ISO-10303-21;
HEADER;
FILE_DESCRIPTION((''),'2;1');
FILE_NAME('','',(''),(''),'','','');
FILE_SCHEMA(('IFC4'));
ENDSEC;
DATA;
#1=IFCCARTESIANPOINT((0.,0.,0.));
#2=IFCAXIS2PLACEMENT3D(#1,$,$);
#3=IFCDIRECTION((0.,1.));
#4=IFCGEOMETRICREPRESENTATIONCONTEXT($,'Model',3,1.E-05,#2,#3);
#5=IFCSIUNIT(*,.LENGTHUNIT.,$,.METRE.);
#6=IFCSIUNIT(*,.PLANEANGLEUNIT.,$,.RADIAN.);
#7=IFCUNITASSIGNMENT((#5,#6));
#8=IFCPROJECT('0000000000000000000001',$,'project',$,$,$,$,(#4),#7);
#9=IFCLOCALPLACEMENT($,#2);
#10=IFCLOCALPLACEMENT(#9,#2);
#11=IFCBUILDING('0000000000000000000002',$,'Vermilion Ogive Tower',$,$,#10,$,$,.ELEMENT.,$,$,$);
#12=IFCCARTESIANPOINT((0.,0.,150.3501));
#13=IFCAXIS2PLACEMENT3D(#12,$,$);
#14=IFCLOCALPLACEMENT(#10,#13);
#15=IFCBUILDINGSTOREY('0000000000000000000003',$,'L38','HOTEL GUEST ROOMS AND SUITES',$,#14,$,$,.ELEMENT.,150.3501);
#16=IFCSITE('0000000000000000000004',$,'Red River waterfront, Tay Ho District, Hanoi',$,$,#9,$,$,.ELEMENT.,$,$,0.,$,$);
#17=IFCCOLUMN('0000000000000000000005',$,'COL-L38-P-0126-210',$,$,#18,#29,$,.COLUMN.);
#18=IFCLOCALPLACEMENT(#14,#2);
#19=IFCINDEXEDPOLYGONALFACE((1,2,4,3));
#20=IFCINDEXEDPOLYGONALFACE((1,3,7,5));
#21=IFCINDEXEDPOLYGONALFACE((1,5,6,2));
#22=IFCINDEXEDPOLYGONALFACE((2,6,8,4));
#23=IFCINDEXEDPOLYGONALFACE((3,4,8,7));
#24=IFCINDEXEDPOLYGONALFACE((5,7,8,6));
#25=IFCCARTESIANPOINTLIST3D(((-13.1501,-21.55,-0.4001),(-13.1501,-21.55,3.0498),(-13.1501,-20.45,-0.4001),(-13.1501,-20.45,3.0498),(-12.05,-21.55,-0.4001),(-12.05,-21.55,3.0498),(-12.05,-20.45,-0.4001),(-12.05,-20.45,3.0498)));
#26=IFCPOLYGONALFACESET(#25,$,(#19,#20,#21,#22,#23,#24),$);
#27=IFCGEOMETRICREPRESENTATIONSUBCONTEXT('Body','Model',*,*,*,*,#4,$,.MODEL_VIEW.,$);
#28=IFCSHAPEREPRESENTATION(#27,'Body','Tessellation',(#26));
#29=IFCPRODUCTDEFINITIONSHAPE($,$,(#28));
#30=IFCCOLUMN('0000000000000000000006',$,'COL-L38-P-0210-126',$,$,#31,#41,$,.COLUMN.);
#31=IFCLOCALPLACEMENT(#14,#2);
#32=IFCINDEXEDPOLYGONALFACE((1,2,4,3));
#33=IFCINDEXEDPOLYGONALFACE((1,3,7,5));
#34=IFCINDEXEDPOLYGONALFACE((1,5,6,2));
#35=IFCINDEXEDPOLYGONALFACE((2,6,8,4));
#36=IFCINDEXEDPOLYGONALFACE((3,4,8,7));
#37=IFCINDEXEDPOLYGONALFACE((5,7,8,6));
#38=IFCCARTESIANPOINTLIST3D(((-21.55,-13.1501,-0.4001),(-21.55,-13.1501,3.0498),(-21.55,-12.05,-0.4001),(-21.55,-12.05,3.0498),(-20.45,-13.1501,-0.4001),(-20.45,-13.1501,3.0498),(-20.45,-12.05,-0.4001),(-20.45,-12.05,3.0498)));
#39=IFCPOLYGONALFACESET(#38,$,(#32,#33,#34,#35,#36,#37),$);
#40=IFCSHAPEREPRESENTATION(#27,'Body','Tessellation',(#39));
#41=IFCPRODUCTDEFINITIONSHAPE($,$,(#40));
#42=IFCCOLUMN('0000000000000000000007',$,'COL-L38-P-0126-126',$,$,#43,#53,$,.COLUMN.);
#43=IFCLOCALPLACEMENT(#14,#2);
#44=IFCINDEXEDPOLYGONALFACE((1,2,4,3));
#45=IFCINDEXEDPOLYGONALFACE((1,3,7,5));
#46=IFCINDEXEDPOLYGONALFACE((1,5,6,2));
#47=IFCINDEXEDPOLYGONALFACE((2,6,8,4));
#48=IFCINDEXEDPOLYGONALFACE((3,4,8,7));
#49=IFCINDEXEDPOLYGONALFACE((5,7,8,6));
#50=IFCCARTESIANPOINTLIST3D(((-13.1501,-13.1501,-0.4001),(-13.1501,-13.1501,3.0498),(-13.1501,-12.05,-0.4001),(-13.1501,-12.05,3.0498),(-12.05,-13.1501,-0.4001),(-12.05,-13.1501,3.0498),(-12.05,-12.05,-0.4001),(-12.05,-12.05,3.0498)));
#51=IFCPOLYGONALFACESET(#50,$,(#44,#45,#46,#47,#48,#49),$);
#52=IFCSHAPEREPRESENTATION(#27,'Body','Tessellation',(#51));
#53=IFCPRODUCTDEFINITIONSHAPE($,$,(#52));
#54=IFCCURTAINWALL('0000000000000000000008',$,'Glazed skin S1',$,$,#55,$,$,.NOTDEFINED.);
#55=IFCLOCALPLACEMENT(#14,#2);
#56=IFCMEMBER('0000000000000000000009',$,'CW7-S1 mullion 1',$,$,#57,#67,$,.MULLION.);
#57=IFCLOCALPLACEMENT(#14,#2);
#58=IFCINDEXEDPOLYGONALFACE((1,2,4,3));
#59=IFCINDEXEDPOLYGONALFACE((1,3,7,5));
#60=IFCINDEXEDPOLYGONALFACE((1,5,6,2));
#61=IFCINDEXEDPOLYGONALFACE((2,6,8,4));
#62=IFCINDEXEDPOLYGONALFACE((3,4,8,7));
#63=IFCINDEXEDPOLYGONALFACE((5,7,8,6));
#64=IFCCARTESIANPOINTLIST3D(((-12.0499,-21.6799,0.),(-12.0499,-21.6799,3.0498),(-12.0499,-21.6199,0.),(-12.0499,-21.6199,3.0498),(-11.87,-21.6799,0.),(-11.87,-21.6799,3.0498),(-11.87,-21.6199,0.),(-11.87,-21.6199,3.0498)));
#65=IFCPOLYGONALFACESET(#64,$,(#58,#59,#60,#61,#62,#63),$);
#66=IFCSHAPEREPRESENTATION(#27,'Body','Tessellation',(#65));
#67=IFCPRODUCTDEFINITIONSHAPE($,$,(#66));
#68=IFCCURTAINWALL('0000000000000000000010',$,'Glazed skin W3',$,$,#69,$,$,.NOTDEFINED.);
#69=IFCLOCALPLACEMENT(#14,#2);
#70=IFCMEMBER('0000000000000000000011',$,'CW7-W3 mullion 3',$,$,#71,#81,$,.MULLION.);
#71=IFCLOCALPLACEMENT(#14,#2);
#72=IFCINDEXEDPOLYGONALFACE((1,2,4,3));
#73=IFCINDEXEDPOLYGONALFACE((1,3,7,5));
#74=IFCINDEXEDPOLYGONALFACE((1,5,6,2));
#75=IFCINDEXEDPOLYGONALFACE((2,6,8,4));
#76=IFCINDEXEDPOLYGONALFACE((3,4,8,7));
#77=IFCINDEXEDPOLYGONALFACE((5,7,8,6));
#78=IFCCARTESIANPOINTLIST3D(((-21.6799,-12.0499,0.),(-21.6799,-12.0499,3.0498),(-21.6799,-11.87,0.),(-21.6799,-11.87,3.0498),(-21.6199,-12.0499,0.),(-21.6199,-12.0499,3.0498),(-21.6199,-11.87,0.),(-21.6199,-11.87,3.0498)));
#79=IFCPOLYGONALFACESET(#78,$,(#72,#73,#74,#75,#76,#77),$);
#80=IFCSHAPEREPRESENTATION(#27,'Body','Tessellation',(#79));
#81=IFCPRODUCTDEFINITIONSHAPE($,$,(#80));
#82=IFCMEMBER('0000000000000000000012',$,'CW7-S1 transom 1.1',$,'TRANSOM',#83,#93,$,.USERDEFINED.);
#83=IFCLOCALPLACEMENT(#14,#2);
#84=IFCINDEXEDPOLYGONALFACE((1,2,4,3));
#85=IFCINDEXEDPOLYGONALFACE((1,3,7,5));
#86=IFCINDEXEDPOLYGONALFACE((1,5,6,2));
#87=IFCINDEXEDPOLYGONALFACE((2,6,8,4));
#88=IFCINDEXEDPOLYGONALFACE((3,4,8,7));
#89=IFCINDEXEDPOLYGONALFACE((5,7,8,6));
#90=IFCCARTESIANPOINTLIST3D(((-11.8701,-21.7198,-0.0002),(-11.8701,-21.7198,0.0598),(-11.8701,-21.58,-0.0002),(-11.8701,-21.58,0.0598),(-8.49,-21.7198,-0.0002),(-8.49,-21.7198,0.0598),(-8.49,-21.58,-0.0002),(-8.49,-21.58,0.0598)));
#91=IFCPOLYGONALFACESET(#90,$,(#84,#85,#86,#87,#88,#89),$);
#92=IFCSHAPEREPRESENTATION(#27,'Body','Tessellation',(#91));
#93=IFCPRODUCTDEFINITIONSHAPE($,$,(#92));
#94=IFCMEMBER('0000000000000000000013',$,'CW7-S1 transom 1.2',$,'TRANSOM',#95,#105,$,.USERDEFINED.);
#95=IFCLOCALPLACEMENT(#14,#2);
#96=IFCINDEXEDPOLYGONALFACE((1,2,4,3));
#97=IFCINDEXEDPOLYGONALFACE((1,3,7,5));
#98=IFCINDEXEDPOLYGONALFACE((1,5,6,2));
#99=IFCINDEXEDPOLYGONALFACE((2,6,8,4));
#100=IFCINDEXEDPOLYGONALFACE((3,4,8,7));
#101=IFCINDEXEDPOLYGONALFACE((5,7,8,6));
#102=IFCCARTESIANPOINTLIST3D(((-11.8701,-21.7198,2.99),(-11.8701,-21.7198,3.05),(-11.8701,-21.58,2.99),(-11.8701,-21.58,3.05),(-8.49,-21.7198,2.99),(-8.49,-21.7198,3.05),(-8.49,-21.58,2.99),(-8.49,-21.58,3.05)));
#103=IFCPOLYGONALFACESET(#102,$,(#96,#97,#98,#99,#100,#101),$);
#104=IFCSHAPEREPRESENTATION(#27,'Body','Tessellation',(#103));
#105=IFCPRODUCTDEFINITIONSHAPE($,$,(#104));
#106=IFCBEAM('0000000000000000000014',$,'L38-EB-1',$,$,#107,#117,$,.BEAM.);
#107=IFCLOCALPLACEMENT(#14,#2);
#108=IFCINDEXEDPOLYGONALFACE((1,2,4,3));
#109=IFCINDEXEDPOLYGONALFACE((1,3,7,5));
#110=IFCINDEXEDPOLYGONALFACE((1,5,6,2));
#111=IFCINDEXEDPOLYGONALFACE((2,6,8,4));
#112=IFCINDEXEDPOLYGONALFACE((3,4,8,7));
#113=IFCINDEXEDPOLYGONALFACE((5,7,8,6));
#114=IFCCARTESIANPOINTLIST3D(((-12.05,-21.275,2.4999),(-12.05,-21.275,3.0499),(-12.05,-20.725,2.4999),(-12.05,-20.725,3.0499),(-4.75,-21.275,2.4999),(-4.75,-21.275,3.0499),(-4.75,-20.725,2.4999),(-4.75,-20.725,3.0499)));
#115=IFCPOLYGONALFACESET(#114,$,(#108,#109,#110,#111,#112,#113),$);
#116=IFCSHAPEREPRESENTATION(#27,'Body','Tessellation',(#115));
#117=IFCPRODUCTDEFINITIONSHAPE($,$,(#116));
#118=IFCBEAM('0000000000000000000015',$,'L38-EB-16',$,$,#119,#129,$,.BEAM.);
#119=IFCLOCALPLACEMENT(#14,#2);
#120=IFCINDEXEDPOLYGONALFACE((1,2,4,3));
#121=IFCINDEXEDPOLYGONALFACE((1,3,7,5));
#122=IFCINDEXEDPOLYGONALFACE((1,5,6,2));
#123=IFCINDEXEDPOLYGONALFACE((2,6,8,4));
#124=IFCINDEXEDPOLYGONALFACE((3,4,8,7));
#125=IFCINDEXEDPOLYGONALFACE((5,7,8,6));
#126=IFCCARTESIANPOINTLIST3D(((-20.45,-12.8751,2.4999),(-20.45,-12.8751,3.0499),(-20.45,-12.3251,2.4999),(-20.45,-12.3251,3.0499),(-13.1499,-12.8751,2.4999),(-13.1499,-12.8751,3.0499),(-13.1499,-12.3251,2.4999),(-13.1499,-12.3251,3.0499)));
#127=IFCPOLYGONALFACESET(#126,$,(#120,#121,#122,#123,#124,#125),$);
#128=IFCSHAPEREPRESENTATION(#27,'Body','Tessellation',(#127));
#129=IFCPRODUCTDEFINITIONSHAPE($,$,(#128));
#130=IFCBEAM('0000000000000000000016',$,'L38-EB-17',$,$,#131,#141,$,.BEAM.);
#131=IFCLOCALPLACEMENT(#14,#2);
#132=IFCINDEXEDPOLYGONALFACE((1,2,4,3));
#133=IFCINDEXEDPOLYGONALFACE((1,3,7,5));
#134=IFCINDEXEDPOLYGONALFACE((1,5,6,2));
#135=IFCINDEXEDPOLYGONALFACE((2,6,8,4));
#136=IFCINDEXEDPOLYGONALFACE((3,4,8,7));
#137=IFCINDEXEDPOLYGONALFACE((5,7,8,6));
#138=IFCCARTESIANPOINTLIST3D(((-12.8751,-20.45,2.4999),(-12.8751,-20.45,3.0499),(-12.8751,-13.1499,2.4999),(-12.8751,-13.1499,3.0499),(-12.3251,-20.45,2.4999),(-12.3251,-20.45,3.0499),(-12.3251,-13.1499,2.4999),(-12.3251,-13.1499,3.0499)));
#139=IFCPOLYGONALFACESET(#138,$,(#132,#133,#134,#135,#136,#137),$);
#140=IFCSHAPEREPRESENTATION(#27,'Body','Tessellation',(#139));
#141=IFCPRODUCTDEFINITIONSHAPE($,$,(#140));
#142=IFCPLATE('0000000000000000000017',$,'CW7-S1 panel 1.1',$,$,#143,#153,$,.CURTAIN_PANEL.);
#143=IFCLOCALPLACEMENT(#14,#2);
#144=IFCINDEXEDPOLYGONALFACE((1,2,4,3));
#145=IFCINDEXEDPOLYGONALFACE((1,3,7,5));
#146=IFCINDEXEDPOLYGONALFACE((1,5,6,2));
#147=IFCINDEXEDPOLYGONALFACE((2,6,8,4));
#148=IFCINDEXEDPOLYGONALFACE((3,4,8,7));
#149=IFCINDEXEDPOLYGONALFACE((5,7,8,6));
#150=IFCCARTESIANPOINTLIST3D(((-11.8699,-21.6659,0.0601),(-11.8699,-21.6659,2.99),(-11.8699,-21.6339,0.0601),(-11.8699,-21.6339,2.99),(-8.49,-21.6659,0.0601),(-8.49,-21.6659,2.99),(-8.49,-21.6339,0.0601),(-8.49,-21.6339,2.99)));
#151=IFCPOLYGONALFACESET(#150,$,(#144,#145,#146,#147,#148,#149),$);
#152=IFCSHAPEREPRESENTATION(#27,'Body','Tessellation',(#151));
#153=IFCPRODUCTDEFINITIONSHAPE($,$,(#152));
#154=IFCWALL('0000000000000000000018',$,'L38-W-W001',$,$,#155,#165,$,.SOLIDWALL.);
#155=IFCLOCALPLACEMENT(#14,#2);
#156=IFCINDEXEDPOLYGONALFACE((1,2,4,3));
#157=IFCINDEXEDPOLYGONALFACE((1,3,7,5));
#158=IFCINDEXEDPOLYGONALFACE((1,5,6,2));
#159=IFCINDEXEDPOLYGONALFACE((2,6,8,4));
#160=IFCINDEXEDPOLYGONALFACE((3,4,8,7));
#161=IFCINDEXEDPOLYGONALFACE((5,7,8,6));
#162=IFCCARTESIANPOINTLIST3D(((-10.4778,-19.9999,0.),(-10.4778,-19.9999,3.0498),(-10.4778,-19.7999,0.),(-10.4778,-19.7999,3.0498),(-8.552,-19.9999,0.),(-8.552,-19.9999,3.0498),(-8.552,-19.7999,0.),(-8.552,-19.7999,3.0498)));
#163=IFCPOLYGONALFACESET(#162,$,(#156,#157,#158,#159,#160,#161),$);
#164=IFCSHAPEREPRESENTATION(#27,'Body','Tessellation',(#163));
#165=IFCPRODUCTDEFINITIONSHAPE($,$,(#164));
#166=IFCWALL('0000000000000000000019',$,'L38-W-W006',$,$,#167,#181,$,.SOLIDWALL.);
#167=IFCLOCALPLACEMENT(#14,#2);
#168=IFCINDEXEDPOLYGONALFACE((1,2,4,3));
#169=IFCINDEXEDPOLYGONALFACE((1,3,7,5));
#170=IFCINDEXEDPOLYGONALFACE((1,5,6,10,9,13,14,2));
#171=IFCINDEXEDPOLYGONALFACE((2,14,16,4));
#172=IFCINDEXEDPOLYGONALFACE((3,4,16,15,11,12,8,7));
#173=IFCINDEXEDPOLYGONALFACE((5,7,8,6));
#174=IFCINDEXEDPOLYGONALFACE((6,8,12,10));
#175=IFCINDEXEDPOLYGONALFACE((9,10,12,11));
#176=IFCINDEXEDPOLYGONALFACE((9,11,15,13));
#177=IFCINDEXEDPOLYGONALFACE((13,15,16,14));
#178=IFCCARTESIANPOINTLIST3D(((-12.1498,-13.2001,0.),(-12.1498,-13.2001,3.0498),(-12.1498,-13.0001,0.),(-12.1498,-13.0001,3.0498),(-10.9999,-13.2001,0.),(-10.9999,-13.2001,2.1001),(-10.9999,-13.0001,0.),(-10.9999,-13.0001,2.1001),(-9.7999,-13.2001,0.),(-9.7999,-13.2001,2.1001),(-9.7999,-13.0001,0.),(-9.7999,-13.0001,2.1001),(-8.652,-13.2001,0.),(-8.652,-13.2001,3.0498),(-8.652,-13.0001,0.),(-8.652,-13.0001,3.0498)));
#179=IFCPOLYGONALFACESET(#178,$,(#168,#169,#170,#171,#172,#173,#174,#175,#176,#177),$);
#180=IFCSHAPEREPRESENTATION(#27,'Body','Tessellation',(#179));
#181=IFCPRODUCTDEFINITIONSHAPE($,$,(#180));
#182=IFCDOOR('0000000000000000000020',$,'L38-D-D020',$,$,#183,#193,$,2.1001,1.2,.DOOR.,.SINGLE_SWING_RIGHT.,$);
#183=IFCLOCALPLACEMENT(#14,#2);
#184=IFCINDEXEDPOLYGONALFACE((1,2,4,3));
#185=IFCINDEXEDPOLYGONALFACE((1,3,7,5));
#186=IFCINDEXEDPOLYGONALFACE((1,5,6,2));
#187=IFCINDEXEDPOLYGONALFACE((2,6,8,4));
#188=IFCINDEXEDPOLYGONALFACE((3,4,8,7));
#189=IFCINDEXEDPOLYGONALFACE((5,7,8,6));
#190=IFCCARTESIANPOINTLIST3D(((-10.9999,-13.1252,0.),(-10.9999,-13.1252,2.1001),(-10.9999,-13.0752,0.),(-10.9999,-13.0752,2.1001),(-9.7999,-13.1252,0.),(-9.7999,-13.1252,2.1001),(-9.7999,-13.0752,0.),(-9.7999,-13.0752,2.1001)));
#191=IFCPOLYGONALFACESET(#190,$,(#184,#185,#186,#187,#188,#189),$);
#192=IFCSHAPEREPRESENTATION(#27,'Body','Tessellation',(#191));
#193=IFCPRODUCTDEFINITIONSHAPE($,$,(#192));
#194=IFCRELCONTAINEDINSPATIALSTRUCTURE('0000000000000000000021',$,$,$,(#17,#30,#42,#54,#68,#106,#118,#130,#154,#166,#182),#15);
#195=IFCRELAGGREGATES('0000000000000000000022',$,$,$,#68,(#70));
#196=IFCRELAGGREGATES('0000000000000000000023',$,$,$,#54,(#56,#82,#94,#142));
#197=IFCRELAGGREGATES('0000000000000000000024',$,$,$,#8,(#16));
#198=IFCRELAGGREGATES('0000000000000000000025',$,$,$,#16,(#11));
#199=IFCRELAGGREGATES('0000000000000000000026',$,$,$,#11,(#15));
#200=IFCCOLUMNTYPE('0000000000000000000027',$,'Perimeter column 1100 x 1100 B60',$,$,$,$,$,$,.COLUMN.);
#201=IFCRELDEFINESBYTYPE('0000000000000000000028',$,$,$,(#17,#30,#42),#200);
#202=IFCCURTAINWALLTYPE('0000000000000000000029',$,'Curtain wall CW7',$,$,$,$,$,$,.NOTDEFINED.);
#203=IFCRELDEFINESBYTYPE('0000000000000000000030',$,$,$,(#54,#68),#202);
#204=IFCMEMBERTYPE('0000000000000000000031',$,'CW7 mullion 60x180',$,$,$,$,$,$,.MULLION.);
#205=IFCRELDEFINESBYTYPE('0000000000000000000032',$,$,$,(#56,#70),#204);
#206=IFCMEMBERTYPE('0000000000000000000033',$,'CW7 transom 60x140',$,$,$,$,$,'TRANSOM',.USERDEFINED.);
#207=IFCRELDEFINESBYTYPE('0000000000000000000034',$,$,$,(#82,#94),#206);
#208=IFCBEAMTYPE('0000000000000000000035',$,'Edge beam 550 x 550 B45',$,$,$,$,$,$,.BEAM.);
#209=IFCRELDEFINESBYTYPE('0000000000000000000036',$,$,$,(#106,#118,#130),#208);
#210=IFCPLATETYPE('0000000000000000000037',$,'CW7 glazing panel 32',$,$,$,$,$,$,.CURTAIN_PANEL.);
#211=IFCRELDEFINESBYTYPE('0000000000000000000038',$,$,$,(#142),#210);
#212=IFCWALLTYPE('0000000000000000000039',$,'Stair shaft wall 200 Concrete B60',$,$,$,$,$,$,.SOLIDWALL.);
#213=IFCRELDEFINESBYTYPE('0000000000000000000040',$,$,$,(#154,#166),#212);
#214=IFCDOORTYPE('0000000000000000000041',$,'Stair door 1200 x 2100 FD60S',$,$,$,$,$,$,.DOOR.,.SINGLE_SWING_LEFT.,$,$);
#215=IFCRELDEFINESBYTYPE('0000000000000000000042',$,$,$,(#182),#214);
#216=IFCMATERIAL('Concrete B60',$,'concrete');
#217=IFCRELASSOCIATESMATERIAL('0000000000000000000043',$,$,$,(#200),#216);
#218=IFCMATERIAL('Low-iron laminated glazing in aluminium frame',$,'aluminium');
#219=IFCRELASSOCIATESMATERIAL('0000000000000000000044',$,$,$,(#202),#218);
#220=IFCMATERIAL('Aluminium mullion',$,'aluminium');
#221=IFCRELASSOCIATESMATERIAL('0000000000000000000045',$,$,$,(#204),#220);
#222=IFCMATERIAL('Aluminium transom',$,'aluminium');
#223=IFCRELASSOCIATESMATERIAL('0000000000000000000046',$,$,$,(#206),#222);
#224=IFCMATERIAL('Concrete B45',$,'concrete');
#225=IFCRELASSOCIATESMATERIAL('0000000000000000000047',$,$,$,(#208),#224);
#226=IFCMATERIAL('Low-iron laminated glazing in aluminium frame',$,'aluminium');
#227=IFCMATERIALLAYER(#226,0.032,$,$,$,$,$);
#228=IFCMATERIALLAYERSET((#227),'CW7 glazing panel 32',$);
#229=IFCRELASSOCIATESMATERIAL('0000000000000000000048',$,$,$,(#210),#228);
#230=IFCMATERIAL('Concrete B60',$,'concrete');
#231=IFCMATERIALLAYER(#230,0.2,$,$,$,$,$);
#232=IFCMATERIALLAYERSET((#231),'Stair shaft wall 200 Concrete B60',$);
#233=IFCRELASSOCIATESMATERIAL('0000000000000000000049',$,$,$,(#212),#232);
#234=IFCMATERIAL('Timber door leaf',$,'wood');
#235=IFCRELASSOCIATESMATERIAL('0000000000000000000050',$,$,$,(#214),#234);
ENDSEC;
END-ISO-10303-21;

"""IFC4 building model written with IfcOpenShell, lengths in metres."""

from ifc_helpers import new_model, si_unit, direction, frame, frame_2d, origin, origin_2d, place, context, subcontext, project, spatial, rectangle, extrude, material, layer, layer_set, material_profile, profile_set, type_object, element, fill, aggregate, save


model = new_model("IFC4")

# Units and contexts
model_context = context("Model", 3, precision=1e-05, world=origin(), true_north=direction((0.0, 1.0)))
body_context = subcontext(model_context, "Body", "Model", "MODEL_VIEW")
ifc_project = project(units=[si_unit("LENGTHUNIT", "METRE"), si_unit("PLANEANGLEUNIT", "RADIAN")], contexts=[model_context])

# Site, building, storey
site_placement = place(None, origin())
site = spatial("IfcSite", under=ifc_project, at=site_placement, Name="Red River waterfront, Tay Ho District, Hanoi", CompositionType="ELEMENT", RefElevation=0.0)
building_placement = place(site_placement, origin())
building = spatial("IfcBuilding", under=site, at=building_placement, Name="Vermilion Ogive Tower", CompositionType="ELEMENT")
storey_placement = place(building_placement, frame((0.0, 0.0, 150.3501)))
storey = spatial("IfcBuildingStorey", under=building, at=storey_placement, Name="L38", Description="HOTEL GUEST ROOMS AND SUITES", CompositionType="ELEMENT", Elevation=150.3501)

# Columns
ifc_material_1 = material(Name="Concrete B60", Category="concrete")
ifc_material_profile_1 = material_profile(ifc_material_1, rectangle(XDim=1.1001, YDim=1.1001, at=origin_2d()), Name="1100 x 1100")
ifc_profile_set_1 = profile_set([ifc_material_profile_1], Name="Concrete B60")
column_type = type_object("IfcColumnType", Name="Perimeter column 1100 x 1100 B60", PredefinedType="COLUMN", material=ifc_profile_set_1)
for number, where, z_axis, x_axis, name in (
    (1, (-12.6001, -21.0, -0.4001), (0.0, 0.0, 1.0), (1.0, 0.0, 0.0), "COL-L38-P-0126-210"),
    (2, (-21.0, -12.6001, -0.4001), (0.0, 0.0, 1.0), (1.0, 0.0, 0.0), "COL-L38-P-0210-126"),
    (3, (-12.6001, -12.6001, -0.4001), (0.0, 0.0, 1.0), (1.0, 0.0, 0.0), "COL-L38-P-0126-126"),
):
    element("IfcColumn", number, at=place(storey_placement, frame(where, z_axis=z_axis, x_axis=x_axis)), inside=storey, type_object=column_type, Name=name, PredefinedType="COLUMN", context=body_context, shape_type="SweptSolid", body=[
        extrude(rectangle(XDim=1.1001, YDim=1.1001, at=origin_2d()), origin(), (0.0, 0.0, 1.0), 3.45),
    ])

# Curtain walls, members
ifc_material_2 = material(Name="Low-iron laminated glazing in aluminium frame", Category="aluminium")
curtain_wall_type = type_object("IfcCurtainWallType", Name="Curtain wall CW7", PredefinedType="NOTDEFINED", material=ifc_material_2)
curtain_wall_1_placement = place(storey_placement, origin())
curtain_wall_1 = element("IfcCurtainWall", 4, at=curtain_wall_1_placement, inside=storey, type_object=curtain_wall_type, Name="Glazed skin S1", PredefinedType="NOTDEFINED")
ifc_material_3 = material(Name="Aluminium mullion", Category="aluminium")
ifc_material_profile_2 = material_profile(ifc_material_3, rectangle(XDim=0.0601, YDim=0.1799, at=origin_2d()), Name="AL 60x180")
ifc_profile_set_2 = profile_set([ifc_material_profile_2], Name="Aluminium mullion")
member_type_1 = type_object("IfcMemberType", Name="CW7 mullion 60x180", PredefinedType="MULLION", material=ifc_profile_set_2)
member_1_placement = place(storey_placement, frame((-11.96, -21.6499, 0.0), z_axis=(0.0, 0.0, 1.0), x_axis=(0.0, 1.0, 0.0)))
member_1 = element("IfcMember", 5, at=member_1_placement, type_object=member_type_1, Name="CW7-S1 mullion 1", PredefinedType="MULLION", context=body_context, shape_type="SweptSolid", body=[
    extrude(rectangle(XDim=0.0601, YDim=0.1799, at=origin_2d()), origin(), (0.0, 0.0, 1.0), 3.0498),
])
curtain_wall_2_placement = place(storey_placement, origin())
curtain_wall_2 = element("IfcCurtainWall", 6, at=curtain_wall_2_placement, inside=storey, type_object=curtain_wall_type, Name="Glazed skin W3", PredefinedType="NOTDEFINED")
member_2_placement = place(storey_placement, frame((-21.6499, -11.96, 0.0), z_axis=(0.0, 0.0, 1.0), x_axis=(1.0, 0.0, 0.0)))
member_2 = element("IfcMember", 7, at=member_2_placement, type_object=member_type_1, Name="CW7-W3 mullion 3", PredefinedType="MULLION", context=body_context, shape_type="SweptSolid", body=[
    extrude(rectangle(XDim=0.0601, YDim=0.1799, at=origin_2d()), origin(), (0.0, 0.0, 1.0), 3.0498),
])
aggregate(curtain_wall_2, [member_2])

# Members
ifc_material_4 = material(Name="Aluminium transom", Category="aluminium")
ifc_material_profile_3 = material_profile(ifc_material_4, rectangle(XDim=0.1399, YDim=0.0601, at=origin_2d()), Name="AL 60x140")
ifc_profile_set_3 = profile_set([ifc_material_profile_3], Name="Aluminium transom")
member_type_2 = type_object("IfcMemberType", Name="CW7 transom 60x140", ElementType="TRANSOM", PredefinedType="USERDEFINED", material=ifc_profile_set_3)
member_3_placement = place(storey_placement, frame((-11.8701, -21.6499, 0.0298), z_axis=(1.0, 0.0, 0.0), x_axis=(0.0, 1.0, 0.0)))
member_3 = element("IfcMember", 8, at=member_3_placement, type_object=member_type_2, Name="CW7-S1 transom 1.1", ObjectType="TRANSOM", PredefinedType="USERDEFINED", context=body_context, shape_type="SweptSolid", body=[
    extrude(rectangle(XDim=0.1399, YDim=0.0601, at=origin_2d()), origin(), (0.0, 0.0, 1.0), 3.3801),
])
member_4_placement = place(storey_placement, frame((-11.8701, -21.6499, 3.02), z_axis=(1.0, 0.0, 0.0), x_axis=(0.0, 1.0, 0.0)))
member_4 = element("IfcMember", 9, at=member_4_placement, type_object=member_type_2, Name="CW7-S1 transom 1.2", ObjectType="TRANSOM", PredefinedType="USERDEFINED", context=body_context, shape_type="SweptSolid", body=[
    extrude(rectangle(XDim=0.1399, YDim=0.0601, at=origin_2d()), origin(), (0.0, 0.0, 1.0), 3.3801),
])

# Beams
ifc_material_5 = material(Name="Concrete B45", Category="concrete")
ifc_material_profile_4 = material_profile(ifc_material_5, rectangle(XDim=0.55, YDim=0.55, at=origin_2d()), Name="550 x 550")
ifc_profile_set_4 = profile_set([ifc_material_profile_4], Name="Concrete B45")
beam_type = type_object("IfcBeamType", Name="Edge beam 550 x 550 B45", PredefinedType="BEAM", material=ifc_profile_set_4)
for number, where, z_axis, x_axis, name in (
    (10, (-12.05, -21.0, 2.7749), (1.0, 0.0, 0.0), (0.0, 1.0, 0.0), "L38-EB-1"),
    (11, (-20.45, -12.6001, 2.7749), (1.0, 0.0, 0.0), (0.0, 1.0, 0.0), "L38-EB-16"),
    (12, (-12.6001, -13.1499, 2.7749), (0.0, -1.0, 0.0), (1.0, 0.0, 0.0), "L38-EB-17"),
):
    element("IfcBeam", number, at=place(storey_placement, frame(where, z_axis=z_axis, x_axis=x_axis)), inside=storey, type_object=beam_type, Name=name, PredefinedType="BEAM", context=body_context, shape_type="SweptSolid", body=[
        extrude(rectangle(XDim=0.55, YDim=0.55, at=origin_2d()), origin(), (0.0, 0.0, 1.0), 7.3),
    ])

# Plate
ifc_material_6 = material(Name="Low-iron laminated glazing in aluminium frame", Category="aluminium")
ifc_layer_1 = layer(ifc_material_6, 0.032)
ifc_layer_set_1 = layer_set([ifc_layer_1], Name="CW7 glazing panel 32")
plate_type = type_object("IfcPlateType", Name="CW7 glazing panel 32", PredefinedType="CURTAIN_PANEL", material=ifc_layer_set_1)
plate_placement = place(storey_placement, frame((-10.1799, -21.6499, 0.0601), z_axis=(0.0, 0.0, 1.0), x_axis=(1.0, 0.0, 0.0)))
plate = element("IfcPlate", 13, at=plate_placement, type_object=plate_type, Name="CW7-S1 panel 1.1", PredefinedType="CURTAIN_PANEL", context=body_context, shape_type="SweptSolid", body=[
    extrude(rectangle(XDim=3.3799, YDim=0.032, at=origin_2d()), origin(), (0.0, 0.0, 1.0), 2.9299),
])
aggregate(curtain_wall_1, [member_1, member_3, member_4, plate])

# Wall
ifc_material_7 = material(Name="Concrete B60", Category="concrete")
ifc_layer_2 = layer(ifc_material_7, 0.2)
ifc_layer_set_2 = layer_set([ifc_layer_2], Name="Stair shaft wall 200 Concrete B60")
wall_type_1 = type_object("IfcWallType", Name="Stair shaft wall 200 Concrete B60", PredefinedType="SOLIDWALL", material=ifc_layer_set_2)
wall_1_placement = place(storey_placement, frame((-10.4778, -19.8999, 0.0), z_axis=(0.0, 0.0, 1.0), x_axis=(1.0, 0.0, 0.0)))
element("IfcWall", 14, at=wall_1_placement, inside=storey, type_object=wall_type_1, Name="L38-W-W001", PredefinedType="SOLIDWALL", context=body_context, shape_type="SweptSolid", body=[
    extrude(rectangle(XDim=1.9258, YDim=0.2, at=frame_2d((0.9629, 0.0))), origin(), (0.0, 0.0, 1.0), 3.0498),
])

# Wall, opening, door
wall_2_placement = place(storey_placement, frame((-12.1499, -13.1001, 0.0), z_axis=(0.0, 0.0, 1.0), x_axis=(1.0, 0.0, 0.0)))
wall_2 = element("IfcWall", 15, at=wall_2_placement, inside=storey, type_object=wall_type_1, Name="L38-W-W006", PredefinedType="SOLIDWALL", context=body_context, shape_type="SweptSolid", body=[
    extrude(rectangle(XDim=3.4978, YDim=0.2, at=frame_2d((1.749, 0.0))), origin(), (0.0, 0.0, 1.0), 3.0498),
])
opening_1_placement = place(wall_2_placement, frame((1.1499, 0.0, 0.0)))
opening_1 = element("IfcOpeningElement", 16, at=opening_1_placement, cuts=wall_2, PredefinedType="OPENING", context=body_context, shape_type="SweptSolid", body=[
    extrude(rectangle(XDim=1.2, YDim=2.1001, at=frame_2d((0.6001, 1.05))), frame((0.0, 0.1099, 0.0), z_axis=(0.0, -1.0, 0.0), x_axis=(1.0, 0.0, 0.0)), (0.0, 0.0, 1.0), 0.22),
])
ifc_material_8 = material(Name="Timber door leaf", Category="wood")
door_type = type_object("IfcDoorType", Name="Stair door 1200 x 2100 FD60S", OperationType="SINGLE_SWING_LEFT", PredefinedType="DOOR", material=ifc_material_8)
door_placement = place(opening_1_placement, origin())
door = element("IfcDoor", 17, at=door_placement, inside=storey, type_object=door_type, Name="L38-D-D020", OperationType="SINGLE_SWING_RIGHT", OverallHeight=2.1001, OverallWidth=1.2, PredefinedType="DOOR", context=body_context, shape_type="SweptSolid", body=[
    extrude(rectangle(XDim=1.2, YDim=2.1001, at=frame_2d((0.6001, 1.05))), frame((0.0, 0.0249, 0.0), z_axis=(0.0, -1.0, 0.0), x_axis=(1.0, 0.0, 0.0)), (0.0, 0.0, 1.0), 0.05),
])
fill(opening_1, door)

save(model, "model.ifc")
